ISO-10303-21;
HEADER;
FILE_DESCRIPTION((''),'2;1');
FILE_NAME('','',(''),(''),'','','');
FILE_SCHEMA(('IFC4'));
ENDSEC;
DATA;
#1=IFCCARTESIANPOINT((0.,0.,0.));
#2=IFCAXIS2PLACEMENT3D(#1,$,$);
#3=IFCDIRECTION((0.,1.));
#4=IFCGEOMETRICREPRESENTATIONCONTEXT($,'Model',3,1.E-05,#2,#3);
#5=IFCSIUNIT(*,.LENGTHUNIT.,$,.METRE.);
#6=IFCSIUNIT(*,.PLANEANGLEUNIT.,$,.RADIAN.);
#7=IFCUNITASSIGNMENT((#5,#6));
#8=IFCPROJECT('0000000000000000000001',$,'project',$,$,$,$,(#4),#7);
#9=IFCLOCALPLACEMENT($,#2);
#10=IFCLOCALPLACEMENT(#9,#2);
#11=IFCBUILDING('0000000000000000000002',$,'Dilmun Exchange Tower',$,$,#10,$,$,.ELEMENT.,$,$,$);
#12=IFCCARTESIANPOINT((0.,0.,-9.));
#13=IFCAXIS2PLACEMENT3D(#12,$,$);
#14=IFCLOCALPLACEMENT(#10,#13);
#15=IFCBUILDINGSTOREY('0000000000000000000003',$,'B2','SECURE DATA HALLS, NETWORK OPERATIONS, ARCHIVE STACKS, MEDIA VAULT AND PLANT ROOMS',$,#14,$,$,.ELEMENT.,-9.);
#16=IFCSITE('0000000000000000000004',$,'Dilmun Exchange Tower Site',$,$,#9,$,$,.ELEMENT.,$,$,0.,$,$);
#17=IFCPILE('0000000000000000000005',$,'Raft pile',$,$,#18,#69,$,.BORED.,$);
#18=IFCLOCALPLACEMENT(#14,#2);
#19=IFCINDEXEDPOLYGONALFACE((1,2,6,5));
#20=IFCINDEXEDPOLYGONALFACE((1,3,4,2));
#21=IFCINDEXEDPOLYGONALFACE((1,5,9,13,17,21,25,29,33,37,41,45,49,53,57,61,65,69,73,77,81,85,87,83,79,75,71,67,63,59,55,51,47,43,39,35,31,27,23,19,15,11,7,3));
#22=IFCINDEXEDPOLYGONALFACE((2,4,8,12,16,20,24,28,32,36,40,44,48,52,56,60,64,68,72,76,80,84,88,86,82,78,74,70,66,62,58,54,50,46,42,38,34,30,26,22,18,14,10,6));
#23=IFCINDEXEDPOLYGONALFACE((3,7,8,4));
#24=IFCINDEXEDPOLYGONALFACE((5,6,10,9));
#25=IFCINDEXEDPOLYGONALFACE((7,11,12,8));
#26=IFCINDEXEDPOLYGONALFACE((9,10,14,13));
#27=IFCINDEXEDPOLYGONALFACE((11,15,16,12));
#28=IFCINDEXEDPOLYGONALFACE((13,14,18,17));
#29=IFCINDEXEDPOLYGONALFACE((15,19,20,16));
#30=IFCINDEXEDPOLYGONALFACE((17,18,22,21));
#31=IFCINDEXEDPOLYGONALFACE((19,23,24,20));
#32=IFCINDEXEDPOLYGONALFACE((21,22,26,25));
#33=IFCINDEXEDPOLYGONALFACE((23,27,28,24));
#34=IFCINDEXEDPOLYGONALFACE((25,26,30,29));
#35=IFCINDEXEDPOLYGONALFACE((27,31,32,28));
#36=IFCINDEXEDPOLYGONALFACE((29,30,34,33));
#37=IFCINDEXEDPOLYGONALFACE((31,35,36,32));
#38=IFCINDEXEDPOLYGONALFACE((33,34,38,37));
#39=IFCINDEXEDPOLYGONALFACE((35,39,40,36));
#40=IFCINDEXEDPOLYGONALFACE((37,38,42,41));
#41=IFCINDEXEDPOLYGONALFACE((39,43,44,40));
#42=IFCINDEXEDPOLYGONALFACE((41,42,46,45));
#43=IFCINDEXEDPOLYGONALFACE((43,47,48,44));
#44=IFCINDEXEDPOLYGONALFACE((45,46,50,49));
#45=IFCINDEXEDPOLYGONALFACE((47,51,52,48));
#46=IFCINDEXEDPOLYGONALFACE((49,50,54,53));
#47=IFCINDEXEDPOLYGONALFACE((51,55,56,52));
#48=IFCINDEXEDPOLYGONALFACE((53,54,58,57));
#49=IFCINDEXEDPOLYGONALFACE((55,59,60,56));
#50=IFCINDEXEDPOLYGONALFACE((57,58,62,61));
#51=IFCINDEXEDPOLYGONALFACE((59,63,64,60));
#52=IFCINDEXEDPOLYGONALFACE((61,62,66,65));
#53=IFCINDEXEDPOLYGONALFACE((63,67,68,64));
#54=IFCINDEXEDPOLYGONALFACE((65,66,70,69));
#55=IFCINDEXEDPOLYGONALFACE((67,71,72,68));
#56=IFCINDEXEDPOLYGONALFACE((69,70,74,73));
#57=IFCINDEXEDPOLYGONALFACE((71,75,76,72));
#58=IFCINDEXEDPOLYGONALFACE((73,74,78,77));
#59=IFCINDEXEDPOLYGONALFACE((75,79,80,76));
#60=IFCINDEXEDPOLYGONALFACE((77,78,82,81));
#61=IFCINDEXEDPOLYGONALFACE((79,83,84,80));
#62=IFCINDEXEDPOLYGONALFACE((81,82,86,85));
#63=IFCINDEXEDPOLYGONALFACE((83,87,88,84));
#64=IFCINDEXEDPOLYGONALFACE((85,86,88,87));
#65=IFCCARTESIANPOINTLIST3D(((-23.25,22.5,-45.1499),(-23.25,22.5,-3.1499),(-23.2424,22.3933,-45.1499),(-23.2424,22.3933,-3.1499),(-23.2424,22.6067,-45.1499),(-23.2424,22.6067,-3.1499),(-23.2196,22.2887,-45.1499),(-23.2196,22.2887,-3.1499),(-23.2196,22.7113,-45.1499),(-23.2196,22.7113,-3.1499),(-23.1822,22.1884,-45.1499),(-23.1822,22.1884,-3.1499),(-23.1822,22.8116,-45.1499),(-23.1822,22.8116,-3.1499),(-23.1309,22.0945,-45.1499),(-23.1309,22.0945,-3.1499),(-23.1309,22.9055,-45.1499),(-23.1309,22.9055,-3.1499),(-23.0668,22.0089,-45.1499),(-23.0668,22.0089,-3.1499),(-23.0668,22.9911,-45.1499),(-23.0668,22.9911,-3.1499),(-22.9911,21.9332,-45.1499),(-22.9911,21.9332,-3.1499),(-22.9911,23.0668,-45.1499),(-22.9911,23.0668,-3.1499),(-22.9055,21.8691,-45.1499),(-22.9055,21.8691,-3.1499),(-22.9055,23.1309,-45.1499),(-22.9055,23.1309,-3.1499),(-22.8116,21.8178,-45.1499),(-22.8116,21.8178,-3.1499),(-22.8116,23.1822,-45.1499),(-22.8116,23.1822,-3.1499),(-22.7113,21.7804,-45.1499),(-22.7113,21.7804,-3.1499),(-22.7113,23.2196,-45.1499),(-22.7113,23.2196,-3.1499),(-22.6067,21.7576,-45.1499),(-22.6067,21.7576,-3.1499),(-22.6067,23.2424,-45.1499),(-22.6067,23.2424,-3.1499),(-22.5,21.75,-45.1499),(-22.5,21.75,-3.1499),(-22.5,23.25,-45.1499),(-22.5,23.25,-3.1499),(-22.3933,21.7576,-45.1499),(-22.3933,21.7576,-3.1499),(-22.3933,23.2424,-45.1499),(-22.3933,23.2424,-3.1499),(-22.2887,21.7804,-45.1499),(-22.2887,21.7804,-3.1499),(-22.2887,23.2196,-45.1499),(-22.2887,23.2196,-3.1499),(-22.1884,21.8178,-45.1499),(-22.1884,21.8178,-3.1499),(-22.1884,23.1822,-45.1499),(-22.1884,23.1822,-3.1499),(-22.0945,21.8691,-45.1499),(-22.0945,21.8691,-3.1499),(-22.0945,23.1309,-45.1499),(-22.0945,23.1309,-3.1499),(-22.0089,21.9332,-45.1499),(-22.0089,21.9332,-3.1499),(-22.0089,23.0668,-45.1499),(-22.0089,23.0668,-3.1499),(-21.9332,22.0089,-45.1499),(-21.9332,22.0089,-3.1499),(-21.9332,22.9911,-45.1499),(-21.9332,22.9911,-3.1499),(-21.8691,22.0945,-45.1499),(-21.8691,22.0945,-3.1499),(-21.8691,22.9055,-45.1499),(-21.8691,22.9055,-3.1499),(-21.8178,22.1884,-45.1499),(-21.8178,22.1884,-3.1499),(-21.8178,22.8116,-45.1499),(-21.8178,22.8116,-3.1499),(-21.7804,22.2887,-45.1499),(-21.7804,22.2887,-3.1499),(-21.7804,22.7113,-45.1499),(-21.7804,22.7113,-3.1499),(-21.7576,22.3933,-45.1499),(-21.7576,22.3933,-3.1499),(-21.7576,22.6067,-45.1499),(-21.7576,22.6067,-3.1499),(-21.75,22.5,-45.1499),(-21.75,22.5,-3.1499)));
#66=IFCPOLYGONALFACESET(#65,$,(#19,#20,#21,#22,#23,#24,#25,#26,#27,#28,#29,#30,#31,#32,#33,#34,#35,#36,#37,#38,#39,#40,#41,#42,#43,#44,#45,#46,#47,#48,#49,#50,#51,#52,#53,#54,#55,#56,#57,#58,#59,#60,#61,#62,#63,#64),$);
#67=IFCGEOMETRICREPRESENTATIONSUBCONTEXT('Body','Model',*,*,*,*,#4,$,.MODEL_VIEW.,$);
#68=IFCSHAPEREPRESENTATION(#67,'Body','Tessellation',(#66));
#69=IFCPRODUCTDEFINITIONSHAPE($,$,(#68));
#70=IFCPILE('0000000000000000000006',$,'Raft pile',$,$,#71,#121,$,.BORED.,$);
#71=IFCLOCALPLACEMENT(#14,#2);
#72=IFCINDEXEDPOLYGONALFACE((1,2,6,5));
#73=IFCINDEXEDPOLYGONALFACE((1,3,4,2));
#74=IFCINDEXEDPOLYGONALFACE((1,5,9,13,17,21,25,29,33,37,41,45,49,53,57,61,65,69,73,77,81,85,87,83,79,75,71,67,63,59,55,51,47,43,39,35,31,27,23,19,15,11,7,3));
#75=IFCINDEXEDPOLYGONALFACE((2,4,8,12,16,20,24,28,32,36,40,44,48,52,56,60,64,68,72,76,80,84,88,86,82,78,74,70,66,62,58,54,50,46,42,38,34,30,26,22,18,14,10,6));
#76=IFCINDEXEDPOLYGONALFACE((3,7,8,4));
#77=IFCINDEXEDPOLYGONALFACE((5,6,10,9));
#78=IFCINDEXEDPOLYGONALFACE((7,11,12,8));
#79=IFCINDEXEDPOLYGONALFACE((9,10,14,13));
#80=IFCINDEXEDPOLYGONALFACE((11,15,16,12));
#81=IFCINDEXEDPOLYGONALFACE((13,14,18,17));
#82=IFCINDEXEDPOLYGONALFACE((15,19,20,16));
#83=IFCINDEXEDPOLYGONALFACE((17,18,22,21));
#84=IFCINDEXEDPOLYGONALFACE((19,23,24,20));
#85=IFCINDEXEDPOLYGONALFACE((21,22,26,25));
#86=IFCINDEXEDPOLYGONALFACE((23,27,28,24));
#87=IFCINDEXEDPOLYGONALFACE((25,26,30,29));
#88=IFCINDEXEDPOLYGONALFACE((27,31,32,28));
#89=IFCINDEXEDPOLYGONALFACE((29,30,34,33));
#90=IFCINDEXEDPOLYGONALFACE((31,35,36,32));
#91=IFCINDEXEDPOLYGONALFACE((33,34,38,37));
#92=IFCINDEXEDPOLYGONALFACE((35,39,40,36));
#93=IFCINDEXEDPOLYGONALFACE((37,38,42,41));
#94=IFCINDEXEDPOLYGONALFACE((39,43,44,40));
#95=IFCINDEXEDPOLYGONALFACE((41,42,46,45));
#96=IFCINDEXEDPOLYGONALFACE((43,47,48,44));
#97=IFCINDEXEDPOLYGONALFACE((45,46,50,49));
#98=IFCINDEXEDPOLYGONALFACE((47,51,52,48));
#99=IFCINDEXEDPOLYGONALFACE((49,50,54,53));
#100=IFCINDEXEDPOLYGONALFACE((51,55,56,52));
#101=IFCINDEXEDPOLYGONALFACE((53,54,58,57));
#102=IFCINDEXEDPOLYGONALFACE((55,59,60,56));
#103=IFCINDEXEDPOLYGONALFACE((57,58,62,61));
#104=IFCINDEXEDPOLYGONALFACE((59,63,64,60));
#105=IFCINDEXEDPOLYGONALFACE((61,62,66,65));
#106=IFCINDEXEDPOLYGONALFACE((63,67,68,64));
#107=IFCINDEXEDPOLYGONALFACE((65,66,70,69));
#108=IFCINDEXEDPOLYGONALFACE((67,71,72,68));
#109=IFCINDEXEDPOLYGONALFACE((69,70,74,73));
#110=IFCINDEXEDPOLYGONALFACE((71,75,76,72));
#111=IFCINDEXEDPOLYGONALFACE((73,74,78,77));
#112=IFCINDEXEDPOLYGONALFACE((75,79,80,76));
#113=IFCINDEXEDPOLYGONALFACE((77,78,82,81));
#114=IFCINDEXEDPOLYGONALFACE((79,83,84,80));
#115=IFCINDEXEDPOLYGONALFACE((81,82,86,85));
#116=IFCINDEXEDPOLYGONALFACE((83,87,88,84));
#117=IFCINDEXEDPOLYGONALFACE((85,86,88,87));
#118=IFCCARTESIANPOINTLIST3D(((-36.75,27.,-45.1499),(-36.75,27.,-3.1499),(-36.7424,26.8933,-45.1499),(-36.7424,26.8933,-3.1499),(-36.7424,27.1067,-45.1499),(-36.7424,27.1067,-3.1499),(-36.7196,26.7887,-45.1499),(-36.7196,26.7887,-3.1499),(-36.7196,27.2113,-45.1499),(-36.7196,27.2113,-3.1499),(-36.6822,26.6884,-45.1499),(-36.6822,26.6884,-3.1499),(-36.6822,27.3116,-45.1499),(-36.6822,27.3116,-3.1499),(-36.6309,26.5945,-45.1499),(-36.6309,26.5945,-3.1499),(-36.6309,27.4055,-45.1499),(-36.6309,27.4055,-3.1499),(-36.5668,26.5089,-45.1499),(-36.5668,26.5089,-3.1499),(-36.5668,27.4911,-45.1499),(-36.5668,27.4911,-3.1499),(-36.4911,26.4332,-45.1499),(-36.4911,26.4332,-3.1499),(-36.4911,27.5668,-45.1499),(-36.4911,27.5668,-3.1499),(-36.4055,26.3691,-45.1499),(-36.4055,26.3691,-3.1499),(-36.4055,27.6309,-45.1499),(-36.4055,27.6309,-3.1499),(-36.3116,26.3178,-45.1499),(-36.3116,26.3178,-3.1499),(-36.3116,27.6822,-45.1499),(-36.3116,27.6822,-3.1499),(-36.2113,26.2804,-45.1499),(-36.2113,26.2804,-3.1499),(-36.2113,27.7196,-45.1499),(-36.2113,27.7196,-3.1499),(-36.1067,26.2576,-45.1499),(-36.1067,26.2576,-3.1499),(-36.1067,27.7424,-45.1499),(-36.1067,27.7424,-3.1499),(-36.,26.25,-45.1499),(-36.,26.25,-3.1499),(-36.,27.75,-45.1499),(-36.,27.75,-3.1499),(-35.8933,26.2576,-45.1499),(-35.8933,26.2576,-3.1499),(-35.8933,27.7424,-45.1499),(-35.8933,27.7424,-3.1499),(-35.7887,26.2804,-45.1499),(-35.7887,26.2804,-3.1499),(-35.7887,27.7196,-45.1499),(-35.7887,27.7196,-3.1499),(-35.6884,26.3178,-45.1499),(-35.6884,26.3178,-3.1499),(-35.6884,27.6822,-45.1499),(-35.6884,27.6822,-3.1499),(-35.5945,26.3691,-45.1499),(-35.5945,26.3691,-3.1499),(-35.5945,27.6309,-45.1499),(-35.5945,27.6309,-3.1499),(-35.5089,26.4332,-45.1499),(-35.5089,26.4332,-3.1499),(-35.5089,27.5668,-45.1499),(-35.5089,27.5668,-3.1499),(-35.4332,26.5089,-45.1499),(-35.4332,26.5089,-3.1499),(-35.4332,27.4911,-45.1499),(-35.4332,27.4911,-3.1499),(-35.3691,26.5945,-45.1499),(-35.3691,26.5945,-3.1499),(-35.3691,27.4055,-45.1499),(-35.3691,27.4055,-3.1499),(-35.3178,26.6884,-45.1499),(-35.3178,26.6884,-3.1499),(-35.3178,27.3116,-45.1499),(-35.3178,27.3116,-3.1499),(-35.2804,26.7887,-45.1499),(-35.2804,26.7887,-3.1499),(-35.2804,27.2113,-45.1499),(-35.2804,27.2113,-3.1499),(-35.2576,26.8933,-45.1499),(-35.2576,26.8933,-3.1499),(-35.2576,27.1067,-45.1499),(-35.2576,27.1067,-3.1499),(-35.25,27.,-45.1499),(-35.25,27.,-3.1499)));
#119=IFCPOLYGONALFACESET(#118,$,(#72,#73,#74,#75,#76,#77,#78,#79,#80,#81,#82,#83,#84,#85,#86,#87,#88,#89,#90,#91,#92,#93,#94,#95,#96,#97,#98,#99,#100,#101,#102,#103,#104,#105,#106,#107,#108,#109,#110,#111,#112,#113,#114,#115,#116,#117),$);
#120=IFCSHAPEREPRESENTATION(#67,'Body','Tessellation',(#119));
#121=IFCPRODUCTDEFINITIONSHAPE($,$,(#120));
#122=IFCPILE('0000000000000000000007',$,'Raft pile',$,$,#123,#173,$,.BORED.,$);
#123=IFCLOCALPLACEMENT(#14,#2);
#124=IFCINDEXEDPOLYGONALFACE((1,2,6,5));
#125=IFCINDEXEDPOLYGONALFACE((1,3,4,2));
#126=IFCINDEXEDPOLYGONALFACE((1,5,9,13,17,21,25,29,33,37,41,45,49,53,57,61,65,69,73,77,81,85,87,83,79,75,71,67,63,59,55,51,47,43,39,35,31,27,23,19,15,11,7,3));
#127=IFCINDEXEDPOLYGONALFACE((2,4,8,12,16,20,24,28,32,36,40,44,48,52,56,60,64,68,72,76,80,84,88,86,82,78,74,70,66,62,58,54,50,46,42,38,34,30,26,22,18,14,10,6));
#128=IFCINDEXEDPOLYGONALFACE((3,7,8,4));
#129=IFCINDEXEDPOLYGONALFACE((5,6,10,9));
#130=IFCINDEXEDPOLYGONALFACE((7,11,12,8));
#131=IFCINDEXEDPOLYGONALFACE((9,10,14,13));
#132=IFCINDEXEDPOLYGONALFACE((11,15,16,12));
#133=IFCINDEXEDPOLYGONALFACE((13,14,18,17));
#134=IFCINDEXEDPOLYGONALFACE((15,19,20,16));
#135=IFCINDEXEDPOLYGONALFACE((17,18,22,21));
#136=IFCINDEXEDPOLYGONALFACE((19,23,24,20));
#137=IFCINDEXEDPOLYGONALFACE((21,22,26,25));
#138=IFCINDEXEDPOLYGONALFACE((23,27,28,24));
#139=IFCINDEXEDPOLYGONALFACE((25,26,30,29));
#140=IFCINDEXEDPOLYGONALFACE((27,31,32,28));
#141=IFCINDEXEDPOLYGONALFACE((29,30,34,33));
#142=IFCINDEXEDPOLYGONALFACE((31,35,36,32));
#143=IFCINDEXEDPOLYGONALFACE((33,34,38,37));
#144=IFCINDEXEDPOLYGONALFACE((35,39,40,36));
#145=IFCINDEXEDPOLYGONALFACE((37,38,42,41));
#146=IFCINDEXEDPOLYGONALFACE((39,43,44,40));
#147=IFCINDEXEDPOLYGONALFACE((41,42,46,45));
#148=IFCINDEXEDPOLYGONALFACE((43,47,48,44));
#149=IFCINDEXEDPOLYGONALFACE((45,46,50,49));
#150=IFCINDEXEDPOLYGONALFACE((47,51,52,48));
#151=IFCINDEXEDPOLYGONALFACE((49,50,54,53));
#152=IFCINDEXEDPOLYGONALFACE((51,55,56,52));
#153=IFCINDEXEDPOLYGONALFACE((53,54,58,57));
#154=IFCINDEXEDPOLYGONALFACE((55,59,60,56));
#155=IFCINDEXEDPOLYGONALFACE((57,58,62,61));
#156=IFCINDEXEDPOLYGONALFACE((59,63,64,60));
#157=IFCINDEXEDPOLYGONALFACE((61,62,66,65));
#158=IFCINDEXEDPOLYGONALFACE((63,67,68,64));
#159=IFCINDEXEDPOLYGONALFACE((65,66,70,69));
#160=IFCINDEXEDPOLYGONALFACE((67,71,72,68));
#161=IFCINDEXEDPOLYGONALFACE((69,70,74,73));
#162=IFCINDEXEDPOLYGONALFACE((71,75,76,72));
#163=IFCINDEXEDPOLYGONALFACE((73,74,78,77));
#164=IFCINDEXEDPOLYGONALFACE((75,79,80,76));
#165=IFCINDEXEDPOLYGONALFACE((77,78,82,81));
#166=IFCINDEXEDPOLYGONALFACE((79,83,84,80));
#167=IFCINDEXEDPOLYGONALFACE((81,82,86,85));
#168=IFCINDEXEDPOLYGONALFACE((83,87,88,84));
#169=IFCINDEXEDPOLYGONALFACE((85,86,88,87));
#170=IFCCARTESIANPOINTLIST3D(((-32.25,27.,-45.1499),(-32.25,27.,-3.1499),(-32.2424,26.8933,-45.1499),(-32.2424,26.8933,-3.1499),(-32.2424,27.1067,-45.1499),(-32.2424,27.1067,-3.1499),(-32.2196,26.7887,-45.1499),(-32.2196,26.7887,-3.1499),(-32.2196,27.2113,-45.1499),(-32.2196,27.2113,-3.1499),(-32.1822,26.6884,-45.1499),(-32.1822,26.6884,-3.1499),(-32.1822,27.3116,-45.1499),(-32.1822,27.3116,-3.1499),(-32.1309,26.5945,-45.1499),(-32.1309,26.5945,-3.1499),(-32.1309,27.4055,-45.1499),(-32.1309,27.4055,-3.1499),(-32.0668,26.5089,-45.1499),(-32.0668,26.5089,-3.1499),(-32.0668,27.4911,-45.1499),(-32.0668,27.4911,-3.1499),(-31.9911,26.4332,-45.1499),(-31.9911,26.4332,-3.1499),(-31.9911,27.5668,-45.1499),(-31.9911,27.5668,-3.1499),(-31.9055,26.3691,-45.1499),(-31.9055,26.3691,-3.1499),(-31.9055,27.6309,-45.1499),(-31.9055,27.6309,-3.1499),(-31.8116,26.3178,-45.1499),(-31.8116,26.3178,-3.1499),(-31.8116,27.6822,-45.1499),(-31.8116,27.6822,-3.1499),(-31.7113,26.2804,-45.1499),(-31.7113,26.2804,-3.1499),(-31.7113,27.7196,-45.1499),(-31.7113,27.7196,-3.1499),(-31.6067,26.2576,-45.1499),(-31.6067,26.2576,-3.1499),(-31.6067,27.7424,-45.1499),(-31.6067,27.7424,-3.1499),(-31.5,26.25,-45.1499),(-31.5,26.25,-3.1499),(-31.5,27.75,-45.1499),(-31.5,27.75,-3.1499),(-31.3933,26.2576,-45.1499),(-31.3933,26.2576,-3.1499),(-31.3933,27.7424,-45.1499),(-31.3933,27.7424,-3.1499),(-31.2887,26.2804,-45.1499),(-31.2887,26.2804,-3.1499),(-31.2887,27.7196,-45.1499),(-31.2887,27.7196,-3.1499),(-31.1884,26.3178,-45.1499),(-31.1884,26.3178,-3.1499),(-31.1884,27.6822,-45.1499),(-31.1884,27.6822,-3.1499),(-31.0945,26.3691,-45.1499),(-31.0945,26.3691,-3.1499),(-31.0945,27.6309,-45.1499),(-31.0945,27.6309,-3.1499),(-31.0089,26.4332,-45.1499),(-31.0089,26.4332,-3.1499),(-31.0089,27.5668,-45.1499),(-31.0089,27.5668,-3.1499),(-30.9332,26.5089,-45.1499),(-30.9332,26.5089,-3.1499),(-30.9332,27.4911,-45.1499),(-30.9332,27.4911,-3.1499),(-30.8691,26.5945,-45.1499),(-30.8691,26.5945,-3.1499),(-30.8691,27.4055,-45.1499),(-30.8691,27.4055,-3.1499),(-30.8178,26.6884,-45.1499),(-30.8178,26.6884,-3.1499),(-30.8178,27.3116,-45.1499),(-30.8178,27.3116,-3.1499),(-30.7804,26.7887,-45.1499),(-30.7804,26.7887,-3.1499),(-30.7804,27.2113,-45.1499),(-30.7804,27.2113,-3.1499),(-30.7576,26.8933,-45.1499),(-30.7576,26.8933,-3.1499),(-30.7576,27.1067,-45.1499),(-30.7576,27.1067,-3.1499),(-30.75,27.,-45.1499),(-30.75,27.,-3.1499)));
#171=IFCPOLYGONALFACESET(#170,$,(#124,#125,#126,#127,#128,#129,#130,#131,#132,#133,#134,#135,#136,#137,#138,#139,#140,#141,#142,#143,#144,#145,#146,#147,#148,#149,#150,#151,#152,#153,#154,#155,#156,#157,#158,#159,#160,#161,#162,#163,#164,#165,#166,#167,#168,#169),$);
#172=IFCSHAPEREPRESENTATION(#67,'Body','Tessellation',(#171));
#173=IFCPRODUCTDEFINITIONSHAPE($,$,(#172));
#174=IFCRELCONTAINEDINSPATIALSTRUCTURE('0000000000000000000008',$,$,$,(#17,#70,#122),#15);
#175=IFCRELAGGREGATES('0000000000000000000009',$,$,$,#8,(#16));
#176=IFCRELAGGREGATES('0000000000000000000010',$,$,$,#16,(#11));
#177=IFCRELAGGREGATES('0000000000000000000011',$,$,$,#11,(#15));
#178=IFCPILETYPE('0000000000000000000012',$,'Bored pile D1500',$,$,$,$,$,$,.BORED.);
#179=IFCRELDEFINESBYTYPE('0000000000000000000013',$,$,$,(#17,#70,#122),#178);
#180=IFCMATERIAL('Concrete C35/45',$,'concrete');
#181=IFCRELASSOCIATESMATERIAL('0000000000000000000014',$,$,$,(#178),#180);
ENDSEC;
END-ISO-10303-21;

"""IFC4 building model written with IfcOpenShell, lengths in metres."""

from ifc_helpers import new_model, si_unit, direction, frame, origin, origin_2d, place, context, subcontext, project, spatial, circle, extrude, material, material_profile, profile_set, type_object, element, save


model = new_model("IFC4")

# Units and contexts
model_context = context("Model", 3, precision=1e-05, world=origin(), true_north=direction((0.0, 1.0)))
body_context = subcontext(model_context, "Body", "Model", "MODEL_VIEW")
ifc_project = project(units=[si_unit("LENGTHUNIT", "METRE"), si_unit("PLANEANGLEUNIT", "RADIAN")], contexts=[model_context])

# Site, building, storey
site_placement = place(None, origin())
site = spatial("IfcSite", under=ifc_project, at=site_placement, Name="Dilmun Exchange Tower Site", CompositionType="ELEMENT", RefElevation=0.0)
building_placement = place(site_placement, origin())
building = spatial("IfcBuilding", under=site, at=building_placement, Name="Dilmun Exchange Tower", CompositionType="ELEMENT")
storey_placement = place(building_placement, frame((0.0, 0.0, -9.0)))
storey = spatial("IfcBuildingStorey", under=building, at=storey_placement, Name="B2", Description="SECURE DATA HALLS, NETWORK OPERATIONS, ARCHIVE STACKS, MEDIA VAULT AND PLANT ROOMS", CompositionType="ELEMENT", Elevation=-9.0)

# Piles
ifc_material_1 = material(Name="Concrete C35/45", Category="concrete")
ifc_material_profile_1 = material_profile(ifc_material_1, circle(Radius=0.75, at=origin_2d()), Name="D1500")
ifc_profile_set_1 = profile_set([ifc_material_profile_1], Name="Concrete C35/45")
pile_type = type_object("IfcPileType", Name="Bored pile D1500", PredefinedType="BORED", material=ifc_profile_set_1)
for number, where, z_axis, x_axis, name in (
    (1, (-22.5, 22.5, -3.1499), (0.0, 0.0, -1.0), (1.0, 0.0, 0.0), "Raft pile"),
    (2, (-36.0, 27.0, -3.1499), (0.0, 0.0, -1.0), (1.0, 0.0, 0.0), "Raft pile"),
    (3, (-31.5, 27.0, -3.1499), (0.0, 0.0, -1.0), (1.0, 0.0, 0.0), "Raft pile"),
):
    element("IfcPile", number, at=place(storey_placement, frame(where, z_axis=z_axis, x_axis=x_axis)), inside=storey, type_object=pile_type, Name=name, PredefinedType="BORED", context=body_context, shape_type="SweptSolid", body=[
        extrude(circle(Radius=0.75, at=origin_2d()), origin(), (0.0, 0.0, 1.0), 42.0),
    ])

save(model, "model.ifc")
